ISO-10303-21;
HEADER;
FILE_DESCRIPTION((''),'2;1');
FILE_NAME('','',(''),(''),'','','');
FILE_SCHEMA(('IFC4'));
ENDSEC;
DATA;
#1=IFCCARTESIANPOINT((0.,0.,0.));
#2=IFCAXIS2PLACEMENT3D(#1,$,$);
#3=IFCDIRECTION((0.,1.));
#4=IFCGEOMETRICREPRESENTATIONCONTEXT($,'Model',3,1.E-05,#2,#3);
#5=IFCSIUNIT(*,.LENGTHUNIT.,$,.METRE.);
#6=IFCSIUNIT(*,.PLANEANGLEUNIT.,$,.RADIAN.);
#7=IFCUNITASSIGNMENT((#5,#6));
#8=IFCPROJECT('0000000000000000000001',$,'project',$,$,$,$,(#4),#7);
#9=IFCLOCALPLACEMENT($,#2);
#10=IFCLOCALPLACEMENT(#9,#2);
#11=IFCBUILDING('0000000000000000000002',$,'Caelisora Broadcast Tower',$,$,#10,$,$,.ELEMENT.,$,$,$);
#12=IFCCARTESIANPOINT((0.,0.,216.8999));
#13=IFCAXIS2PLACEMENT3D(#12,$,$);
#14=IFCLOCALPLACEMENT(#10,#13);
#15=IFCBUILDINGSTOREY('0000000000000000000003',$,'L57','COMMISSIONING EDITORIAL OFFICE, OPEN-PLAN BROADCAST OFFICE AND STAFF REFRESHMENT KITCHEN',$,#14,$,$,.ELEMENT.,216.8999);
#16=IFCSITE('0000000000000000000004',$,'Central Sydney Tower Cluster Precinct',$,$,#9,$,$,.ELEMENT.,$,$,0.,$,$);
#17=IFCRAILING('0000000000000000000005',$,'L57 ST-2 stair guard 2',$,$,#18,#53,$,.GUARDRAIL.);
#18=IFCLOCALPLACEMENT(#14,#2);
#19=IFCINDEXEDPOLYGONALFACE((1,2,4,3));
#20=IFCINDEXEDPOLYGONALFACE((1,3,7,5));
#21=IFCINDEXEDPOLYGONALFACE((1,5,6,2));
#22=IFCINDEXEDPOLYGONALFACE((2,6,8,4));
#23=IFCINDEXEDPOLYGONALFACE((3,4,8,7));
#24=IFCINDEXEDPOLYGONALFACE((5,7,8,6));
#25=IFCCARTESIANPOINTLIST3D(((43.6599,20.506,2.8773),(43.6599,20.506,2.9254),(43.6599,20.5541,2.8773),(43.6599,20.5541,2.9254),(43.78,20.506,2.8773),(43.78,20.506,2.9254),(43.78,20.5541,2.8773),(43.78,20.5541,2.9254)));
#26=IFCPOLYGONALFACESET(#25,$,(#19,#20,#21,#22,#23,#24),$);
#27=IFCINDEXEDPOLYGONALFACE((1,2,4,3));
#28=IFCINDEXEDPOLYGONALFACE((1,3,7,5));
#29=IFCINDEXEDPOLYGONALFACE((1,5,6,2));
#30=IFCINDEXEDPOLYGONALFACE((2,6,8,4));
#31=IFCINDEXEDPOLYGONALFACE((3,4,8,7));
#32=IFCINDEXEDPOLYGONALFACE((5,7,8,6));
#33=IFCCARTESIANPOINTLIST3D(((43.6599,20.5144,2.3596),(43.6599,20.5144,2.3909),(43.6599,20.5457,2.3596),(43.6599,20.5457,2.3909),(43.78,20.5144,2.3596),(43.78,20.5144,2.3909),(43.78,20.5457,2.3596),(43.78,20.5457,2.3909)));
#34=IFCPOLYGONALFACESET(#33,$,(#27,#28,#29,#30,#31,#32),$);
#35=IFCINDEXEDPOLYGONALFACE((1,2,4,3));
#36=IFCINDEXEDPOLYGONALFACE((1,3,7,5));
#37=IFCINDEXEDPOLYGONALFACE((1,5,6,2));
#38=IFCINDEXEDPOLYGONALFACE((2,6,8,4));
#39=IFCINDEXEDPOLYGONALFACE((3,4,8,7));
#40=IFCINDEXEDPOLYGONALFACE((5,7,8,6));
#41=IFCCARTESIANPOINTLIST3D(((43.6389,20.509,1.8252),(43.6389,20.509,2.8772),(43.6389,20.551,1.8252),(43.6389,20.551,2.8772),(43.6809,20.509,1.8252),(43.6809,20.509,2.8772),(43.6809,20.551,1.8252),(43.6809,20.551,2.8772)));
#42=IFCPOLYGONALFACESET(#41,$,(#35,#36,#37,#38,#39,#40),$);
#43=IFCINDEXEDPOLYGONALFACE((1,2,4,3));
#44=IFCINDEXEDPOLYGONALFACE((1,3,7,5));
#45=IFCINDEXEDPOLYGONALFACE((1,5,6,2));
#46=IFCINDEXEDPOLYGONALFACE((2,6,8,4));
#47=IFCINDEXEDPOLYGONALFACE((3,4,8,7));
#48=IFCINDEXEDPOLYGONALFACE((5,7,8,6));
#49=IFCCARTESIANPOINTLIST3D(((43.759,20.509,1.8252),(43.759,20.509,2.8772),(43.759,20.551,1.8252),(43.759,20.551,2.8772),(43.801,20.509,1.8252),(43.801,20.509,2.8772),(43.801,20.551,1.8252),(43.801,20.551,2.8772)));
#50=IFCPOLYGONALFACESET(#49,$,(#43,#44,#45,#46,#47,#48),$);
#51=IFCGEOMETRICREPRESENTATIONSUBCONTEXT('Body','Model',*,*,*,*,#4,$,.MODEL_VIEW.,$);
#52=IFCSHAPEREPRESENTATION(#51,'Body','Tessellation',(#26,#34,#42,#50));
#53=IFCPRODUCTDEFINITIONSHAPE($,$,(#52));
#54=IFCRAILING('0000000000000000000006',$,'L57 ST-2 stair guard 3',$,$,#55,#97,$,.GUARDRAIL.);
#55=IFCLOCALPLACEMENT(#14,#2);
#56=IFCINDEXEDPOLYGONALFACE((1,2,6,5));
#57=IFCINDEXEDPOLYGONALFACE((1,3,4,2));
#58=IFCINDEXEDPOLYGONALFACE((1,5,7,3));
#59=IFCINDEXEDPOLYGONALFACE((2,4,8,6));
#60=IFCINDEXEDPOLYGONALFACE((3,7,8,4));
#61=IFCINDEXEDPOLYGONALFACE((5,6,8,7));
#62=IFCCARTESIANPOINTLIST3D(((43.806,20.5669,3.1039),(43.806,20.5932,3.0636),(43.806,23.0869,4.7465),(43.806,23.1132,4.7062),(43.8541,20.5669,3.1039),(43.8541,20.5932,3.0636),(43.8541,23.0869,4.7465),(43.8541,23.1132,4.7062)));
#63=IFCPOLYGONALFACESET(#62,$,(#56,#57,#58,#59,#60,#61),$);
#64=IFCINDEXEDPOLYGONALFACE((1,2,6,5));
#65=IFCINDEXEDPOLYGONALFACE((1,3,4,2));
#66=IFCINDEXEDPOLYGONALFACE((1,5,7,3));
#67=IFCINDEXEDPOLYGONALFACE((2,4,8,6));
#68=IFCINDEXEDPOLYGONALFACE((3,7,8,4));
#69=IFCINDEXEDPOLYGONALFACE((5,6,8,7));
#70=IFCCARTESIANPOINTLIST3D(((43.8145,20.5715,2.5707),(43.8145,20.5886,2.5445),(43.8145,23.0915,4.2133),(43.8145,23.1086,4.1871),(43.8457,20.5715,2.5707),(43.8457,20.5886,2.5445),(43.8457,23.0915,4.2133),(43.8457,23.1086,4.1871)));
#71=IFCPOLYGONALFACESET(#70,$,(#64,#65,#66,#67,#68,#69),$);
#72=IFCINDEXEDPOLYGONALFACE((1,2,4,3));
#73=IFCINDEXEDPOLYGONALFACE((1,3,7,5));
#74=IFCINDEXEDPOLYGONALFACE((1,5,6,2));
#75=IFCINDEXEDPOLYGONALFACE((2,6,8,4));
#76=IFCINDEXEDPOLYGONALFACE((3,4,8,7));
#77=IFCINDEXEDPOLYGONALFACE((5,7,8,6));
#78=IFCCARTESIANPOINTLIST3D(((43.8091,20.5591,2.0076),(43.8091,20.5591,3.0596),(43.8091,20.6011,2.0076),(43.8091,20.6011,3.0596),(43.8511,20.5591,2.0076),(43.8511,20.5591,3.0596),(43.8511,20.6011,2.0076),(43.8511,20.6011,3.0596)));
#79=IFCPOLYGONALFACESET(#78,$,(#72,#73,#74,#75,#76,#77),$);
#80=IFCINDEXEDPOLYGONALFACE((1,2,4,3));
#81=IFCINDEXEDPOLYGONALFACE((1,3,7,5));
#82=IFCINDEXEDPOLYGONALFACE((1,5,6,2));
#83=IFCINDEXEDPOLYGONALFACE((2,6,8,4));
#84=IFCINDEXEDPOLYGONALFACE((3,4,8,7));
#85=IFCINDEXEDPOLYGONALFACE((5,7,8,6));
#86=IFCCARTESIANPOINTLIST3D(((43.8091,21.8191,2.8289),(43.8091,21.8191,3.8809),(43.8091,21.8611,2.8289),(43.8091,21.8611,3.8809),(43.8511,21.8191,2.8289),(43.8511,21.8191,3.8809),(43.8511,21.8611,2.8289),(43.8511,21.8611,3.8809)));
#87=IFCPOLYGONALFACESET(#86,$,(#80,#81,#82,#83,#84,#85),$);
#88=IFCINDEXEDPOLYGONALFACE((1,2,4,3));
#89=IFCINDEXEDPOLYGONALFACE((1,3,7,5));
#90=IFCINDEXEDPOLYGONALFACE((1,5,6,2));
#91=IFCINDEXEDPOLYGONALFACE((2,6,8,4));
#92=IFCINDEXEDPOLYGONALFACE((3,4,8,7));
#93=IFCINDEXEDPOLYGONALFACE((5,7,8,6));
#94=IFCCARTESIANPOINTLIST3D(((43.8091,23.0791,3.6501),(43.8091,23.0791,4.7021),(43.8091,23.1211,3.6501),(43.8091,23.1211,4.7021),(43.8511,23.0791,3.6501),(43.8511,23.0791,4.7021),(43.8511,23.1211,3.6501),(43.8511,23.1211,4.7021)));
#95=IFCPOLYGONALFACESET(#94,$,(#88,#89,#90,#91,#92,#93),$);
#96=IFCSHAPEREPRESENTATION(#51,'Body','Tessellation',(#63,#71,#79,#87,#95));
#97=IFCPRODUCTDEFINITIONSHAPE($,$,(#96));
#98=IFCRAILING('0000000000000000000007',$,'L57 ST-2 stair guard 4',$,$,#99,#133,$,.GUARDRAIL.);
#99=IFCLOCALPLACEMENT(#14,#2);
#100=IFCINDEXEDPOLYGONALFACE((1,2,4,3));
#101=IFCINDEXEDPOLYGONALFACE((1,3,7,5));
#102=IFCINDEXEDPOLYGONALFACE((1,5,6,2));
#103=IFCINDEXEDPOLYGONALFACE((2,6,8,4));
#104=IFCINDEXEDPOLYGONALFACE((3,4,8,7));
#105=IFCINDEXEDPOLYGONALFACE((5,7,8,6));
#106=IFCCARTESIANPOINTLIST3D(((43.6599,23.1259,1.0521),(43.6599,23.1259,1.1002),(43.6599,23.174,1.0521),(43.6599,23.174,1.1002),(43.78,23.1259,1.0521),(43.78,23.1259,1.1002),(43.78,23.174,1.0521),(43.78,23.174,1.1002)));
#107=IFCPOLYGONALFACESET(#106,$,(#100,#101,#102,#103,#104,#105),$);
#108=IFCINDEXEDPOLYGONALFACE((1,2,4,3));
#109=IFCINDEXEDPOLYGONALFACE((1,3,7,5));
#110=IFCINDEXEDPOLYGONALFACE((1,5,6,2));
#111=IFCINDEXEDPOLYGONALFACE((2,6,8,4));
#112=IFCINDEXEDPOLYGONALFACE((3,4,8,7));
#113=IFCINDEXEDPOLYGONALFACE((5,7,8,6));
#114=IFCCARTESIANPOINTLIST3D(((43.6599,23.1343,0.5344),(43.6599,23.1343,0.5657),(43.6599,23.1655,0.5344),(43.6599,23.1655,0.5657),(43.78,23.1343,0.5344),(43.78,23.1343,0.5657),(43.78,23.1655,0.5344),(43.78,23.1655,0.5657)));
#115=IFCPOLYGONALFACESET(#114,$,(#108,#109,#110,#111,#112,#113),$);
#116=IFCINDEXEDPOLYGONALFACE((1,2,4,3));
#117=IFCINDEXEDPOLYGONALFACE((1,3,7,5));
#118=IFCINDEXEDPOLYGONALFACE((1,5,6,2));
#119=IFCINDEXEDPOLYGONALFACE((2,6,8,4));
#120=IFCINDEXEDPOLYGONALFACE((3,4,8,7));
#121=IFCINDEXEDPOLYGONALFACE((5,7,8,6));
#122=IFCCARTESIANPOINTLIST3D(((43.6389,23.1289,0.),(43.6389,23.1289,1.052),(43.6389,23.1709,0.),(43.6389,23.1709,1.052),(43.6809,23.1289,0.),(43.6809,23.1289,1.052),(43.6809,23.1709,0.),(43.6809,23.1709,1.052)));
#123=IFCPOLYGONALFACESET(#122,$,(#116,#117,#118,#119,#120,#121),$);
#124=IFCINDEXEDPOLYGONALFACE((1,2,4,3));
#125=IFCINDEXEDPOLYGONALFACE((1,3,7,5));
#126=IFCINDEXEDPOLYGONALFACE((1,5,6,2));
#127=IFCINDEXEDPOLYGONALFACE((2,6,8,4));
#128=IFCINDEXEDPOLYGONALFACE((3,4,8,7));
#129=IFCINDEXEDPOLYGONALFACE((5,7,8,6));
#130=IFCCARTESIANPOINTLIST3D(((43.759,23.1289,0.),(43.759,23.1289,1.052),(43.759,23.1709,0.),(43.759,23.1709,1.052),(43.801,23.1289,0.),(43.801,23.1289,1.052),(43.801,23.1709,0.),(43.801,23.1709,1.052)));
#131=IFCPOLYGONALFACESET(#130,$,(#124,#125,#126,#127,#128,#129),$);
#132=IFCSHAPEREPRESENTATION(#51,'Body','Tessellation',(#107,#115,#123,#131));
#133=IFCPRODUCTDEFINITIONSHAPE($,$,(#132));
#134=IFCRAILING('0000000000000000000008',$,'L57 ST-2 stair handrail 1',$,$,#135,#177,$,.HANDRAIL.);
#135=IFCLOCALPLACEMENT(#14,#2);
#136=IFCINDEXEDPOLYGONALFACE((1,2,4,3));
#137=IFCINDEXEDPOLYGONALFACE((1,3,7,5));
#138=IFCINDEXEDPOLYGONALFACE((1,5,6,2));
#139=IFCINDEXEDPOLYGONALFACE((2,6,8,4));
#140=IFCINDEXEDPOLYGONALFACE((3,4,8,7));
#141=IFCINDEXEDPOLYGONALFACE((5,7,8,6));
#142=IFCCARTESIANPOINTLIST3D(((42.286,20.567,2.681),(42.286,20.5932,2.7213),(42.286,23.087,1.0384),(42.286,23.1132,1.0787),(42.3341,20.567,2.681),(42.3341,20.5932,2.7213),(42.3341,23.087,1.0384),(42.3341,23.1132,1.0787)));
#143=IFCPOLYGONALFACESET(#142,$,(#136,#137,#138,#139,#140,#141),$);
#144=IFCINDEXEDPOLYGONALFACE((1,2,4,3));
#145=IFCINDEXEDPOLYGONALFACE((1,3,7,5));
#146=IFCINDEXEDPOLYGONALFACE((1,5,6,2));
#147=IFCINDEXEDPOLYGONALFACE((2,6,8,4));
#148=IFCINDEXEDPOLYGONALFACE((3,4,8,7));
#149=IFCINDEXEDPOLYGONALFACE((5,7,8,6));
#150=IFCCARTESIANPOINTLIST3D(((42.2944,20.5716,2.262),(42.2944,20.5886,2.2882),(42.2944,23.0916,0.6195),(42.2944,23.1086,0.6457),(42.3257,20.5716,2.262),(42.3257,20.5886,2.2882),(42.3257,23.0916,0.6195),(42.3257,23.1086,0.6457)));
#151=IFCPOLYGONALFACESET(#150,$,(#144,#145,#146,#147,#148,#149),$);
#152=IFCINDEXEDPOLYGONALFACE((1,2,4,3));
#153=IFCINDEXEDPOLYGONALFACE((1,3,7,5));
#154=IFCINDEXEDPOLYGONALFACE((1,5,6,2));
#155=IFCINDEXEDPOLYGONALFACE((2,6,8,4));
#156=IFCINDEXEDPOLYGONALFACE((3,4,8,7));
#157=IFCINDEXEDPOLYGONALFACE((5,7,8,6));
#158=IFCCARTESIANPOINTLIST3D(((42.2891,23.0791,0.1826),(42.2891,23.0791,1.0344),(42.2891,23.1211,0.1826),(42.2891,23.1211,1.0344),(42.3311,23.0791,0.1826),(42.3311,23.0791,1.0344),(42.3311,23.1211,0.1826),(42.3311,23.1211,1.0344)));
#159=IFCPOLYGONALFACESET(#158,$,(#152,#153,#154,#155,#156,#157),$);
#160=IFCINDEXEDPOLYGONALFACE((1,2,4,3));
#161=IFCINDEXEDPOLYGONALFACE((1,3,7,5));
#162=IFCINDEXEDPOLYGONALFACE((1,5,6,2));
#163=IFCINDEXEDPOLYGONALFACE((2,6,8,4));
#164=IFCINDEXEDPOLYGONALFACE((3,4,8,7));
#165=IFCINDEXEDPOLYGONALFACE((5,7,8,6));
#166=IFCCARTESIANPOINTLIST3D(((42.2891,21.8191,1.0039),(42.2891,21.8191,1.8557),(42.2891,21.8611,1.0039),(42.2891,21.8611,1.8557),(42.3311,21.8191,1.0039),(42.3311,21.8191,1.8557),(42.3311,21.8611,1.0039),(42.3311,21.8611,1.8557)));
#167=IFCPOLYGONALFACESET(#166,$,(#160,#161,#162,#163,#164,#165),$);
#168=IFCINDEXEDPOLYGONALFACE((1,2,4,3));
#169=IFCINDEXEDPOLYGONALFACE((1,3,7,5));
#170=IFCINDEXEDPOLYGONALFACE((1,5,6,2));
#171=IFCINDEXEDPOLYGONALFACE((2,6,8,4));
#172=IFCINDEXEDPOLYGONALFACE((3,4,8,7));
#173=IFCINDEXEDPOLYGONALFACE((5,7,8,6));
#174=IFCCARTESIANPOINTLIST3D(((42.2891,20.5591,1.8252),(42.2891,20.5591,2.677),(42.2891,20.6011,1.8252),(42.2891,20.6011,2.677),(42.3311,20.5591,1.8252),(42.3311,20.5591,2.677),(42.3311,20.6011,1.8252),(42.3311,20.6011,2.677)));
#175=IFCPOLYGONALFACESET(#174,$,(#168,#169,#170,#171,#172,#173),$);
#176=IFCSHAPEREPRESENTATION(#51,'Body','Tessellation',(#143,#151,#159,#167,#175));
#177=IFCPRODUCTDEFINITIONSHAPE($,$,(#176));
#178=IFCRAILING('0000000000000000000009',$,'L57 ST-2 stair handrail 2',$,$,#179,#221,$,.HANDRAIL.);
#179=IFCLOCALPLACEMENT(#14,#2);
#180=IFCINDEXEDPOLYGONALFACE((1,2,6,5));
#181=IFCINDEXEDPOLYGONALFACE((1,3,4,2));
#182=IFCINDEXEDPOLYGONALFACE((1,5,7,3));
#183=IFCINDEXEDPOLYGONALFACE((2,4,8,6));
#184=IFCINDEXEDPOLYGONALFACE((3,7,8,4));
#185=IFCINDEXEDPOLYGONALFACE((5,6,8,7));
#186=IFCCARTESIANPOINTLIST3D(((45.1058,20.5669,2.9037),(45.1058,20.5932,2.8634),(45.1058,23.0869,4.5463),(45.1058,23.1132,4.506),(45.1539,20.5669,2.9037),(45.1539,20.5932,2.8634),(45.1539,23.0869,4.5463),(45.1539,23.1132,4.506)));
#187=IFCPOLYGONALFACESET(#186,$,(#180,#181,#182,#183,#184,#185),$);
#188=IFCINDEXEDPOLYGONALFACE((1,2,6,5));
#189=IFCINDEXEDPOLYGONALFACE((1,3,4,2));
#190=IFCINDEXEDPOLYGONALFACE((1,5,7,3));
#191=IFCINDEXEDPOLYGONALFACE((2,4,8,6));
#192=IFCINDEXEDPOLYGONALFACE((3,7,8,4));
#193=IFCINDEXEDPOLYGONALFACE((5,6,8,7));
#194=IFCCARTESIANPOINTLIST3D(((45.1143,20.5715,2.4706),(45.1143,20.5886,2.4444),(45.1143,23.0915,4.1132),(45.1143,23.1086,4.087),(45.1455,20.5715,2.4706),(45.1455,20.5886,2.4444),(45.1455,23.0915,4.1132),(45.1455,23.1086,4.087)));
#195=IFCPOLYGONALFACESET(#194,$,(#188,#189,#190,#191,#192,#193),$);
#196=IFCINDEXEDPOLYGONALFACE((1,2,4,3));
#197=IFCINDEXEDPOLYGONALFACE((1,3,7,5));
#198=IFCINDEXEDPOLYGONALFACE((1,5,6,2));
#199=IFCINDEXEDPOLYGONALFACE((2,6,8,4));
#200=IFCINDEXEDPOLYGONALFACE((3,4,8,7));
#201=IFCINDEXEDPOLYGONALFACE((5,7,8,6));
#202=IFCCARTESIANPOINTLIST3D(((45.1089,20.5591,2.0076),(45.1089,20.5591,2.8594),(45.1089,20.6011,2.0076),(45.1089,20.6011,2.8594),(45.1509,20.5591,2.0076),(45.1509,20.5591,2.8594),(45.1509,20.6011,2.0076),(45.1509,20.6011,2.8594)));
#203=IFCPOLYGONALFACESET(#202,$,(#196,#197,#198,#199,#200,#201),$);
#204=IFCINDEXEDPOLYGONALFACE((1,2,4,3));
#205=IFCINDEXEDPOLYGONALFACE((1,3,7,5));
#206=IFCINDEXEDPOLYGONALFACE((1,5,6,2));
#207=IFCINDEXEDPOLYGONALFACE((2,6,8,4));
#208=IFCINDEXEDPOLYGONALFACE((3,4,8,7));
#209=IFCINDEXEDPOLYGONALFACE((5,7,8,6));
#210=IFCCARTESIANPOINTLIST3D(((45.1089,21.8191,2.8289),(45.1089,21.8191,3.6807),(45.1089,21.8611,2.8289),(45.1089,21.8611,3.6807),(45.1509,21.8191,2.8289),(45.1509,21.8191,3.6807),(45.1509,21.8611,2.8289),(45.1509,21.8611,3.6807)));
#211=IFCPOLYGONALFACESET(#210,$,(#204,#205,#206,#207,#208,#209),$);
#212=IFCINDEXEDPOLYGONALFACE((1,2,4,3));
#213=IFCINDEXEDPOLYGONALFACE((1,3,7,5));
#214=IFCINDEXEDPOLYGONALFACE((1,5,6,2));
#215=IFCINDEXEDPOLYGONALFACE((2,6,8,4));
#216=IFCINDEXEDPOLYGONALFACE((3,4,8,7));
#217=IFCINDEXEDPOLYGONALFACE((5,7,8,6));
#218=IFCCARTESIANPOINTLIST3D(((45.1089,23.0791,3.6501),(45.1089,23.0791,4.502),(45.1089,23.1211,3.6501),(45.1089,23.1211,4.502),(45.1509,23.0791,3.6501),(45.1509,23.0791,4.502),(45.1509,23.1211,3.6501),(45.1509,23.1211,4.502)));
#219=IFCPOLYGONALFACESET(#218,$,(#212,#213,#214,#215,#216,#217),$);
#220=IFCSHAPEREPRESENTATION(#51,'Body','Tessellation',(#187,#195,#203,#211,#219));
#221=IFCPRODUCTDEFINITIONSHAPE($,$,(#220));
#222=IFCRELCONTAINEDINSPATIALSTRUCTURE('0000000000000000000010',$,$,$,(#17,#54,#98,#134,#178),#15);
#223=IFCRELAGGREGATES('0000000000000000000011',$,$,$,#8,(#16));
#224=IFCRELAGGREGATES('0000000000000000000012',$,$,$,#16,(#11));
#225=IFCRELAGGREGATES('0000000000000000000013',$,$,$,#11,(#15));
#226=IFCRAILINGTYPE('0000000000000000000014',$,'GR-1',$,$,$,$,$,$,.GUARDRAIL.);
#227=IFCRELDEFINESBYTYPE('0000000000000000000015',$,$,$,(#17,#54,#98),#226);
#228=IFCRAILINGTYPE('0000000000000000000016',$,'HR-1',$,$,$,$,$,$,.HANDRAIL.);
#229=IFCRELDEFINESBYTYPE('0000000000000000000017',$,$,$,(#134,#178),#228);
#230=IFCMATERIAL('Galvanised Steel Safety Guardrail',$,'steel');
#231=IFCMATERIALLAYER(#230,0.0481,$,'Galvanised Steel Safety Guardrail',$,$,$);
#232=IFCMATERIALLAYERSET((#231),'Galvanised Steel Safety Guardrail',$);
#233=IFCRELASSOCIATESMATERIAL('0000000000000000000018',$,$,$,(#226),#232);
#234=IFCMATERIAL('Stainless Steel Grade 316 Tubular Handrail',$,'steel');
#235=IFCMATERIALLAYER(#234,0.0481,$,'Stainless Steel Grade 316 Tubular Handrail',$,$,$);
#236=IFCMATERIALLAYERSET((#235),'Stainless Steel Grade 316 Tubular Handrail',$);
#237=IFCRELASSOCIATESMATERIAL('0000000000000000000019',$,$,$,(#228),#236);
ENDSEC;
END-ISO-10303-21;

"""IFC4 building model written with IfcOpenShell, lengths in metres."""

from ifc_helpers import new_model, si_unit, direction, frame, origin, origin_2d, place, context, subcontext, project, spatial, rectangle, extrude, material, layer, layer_set, type_object, element, save


model = new_model("IFC4")

# Units and contexts
model_context = context("Model", 3, precision=1e-05, world=origin(), true_north=direction((0.0, 1.0)))
body_context = subcontext(model_context, "Body", "Model", "MODEL_VIEW")
ifc_project = project(units=[si_unit("LENGTHUNIT", "METRE"), si_unit("PLANEANGLEUNIT", "RADIAN")], contexts=[model_context])

# Site, building, storey
site_placement = place(None, origin())
site = spatial("IfcSite", under=ifc_project, at=site_placement, Name="Central Sydney Tower Cluster Precinct", CompositionType="ELEMENT", RefElevation=0.0)
building_placement = place(site_placement, origin())
building = spatial("IfcBuilding", under=site, at=building_placement, Name="Caelisora Broadcast Tower", CompositionType="ELEMENT")
storey_placement = place(building_placement, frame((0.0, 0.0, 216.8999)))
storey = spatial("IfcBuildingStorey", under=building, at=storey_placement, Name="L57", Description="COMMISSIONING EDITORIAL OFFICE, OPEN-PLAN BROADCAST OFFICE AND STAFF REFRESHMENT KITCHEN", CompositionType="ELEMENT", Elevation=216.8999)

# Railings
ifc_material_1 = material(Name="Galvanised Steel Safety Guardrail", Category="steel")
ifc_layer_1 = layer(ifc_material_1, 0.0481, Name="Galvanised Steel Safety Guardrail")
ifc_layer_set_1 = layer_set([ifc_layer_1], Name="Galvanised Steel Safety Guardrail")
railing_type_1 = type_object("IfcRailingType", Name="GR-1", PredefinedType="GUARDRAIL", material=ifc_layer_set_1)
railing_1_placement = place(storey_placement, frame((43.6599, 20.53, 1.8252)))
element("IfcRailing", 1, at=railing_1_placement, inside=storey, type_object=railing_type_1, Name="L57 ST-2 stair guard 2", PredefinedType="GUARDRAIL", context=body_context, shape_type="SweptSolid", body=[
    extrude(rectangle(XDim=0.0481, YDim=0.0481, at=origin_2d()), frame((0.0, 0.0, 1.0762), z_axis=(1.0, 0.0, 0.0), x_axis=(0.0, 1.0, 0.0)), (0.0, 0.0, 1.0), 0.1201),
    extrude(rectangle(XDim=0.0312, YDim=0.0312, at=origin_2d()), frame((0.0, 0.0, 0.55), z_axis=(1.0, 0.0, 0.0), x_axis=(0.0, 1.0, 0.0)), (0.0, 0.0, 1.0), 0.1201),
    extrude(rectangle(XDim=0.042, YDim=0.042, at=origin_2d()), origin(), (0.0, 0.0, 1.0), 1.052),
    extrude(rectangle(XDim=0.042, YDim=0.042, at=origin_2d()), frame((0.1201, 0.0, 0.0)), (0.0, 0.0, 1.0), 1.052),
])
railing_2_placement = place(storey_placement, frame((43.8301, 20.5801, 2.0076)))
element("IfcRailing", 2, at=railing_2_placement, inside=storey, type_object=railing_type_1, Name="L57 ST-2 stair guard 3", PredefinedType="GUARDRAIL", context=body_context, shape_type="SweptSolid", body=[
    extrude(rectangle(XDim=0.0481, YDim=0.0481, at=origin_2d()), frame((0.0, 0.0, 1.0762), z_axis=(0.0, 0.837749, 0.546055), x_axis=(-1.0, 0.0, 0.0)), (0.0, 0.0, 1.0), 3.0081),
    extrude(rectangle(XDim=0.0312, YDim=0.0312, at=origin_2d()), frame((0.0, 0.0, 0.55), z_axis=(0.0, 0.837749, 0.546055), x_axis=(-1.0, 0.0, 0.0)), (0.0, 0.0, 1.0), 3.0081),
    extrude(rectangle(XDim=0.042, YDim=0.042, at=origin_2d()), origin(), (0.0, 0.0, 1.0), 1.052),
    extrude(rectangle(XDim=0.042, YDim=0.042, at=origin_2d()), frame((0.0, 1.26, 0.8213)), (0.0, 0.0, 1.0), 1.052),
    extrude(rectangle(XDim=0.042, YDim=0.042, at=origin_2d()), frame((0.0, 2.52, 1.6426)), (0.0, 0.0, 1.0), 1.052),
])
railing_3_placement = place(storey_placement, frame((43.6599, 23.1499, 0.0)))
element("IfcRailing", 3, at=railing_3_placement, inside=storey, type_object=railing_type_1, Name="L57 ST-2 stair guard 4", PredefinedType="GUARDRAIL", context=body_context, shape_type="SweptSolid", body=[
    extrude(rectangle(XDim=0.0481, YDim=0.0481, at=origin_2d()), frame((0.0, 0.0, 1.0762), z_axis=(1.0, 0.0, 0.0), x_axis=(0.0, 1.0, 0.0)), (0.0, 0.0, 1.0), 0.1201),
    extrude(rectangle(XDim=0.0312, YDim=0.0312, at=origin_2d()), frame((0.0, 0.0, 0.55), z_axis=(1.0, 0.0, 0.0), x_axis=(0.0, 1.0, 0.0)), (0.0, 0.0, 1.0), 0.1201),
    extrude(rectangle(XDim=0.042, YDim=0.042, at=origin_2d()), origin(), (0.0, 0.0, 1.0), 1.052),
    extrude(rectangle(XDim=0.042, YDim=0.042, at=origin_2d()), frame((0.1201, 0.0, 0.0)), (0.0, 0.0, 1.0), 1.052),
])
ifc_material_2 = material(Name="Stainless Steel Grade 316 Tubular Handrail", Category="steel")
ifc_layer_2 = layer(ifc_material_2, 0.0481, Name="Stainless Steel Grade 316 Tubular Handrail")
ifc_layer_set_2 = layer_set([ifc_layer_2], Name="Stainless Steel Grade 316 Tubular Handrail")
railing_type_2 = type_object("IfcRailingType", Name="HR-1", PredefinedType="HANDRAIL", material=ifc_layer_set_2)
railing_4_placement = place(storey_placement, frame((42.3101, 23.1001, 0.1826)))
element("IfcRailing", 4, at=railing_4_placement, inside=storey, type_object=railing_type_2, Name="L57 ST-2 stair handrail 1", PredefinedType="HANDRAIL", context=body_context, shape_type="SweptSolid", body=[
    extrude(rectangle(XDim=0.0481, YDim=0.0481, at=origin_2d()), frame((0.0, 0.0, 0.876), z_axis=(0.0, -0.837749, 0.546055), x_axis=(1.0, 0.0, 0.0)), (0.0, 0.0, 1.0), 3.0081),
    extrude(rectangle(XDim=0.0312, YDim=0.0312, at=origin_2d()), frame((0.0, 0.0, 0.45), z_axis=(0.0, -0.837749, 0.546055), x_axis=(1.0, 0.0, 0.0)), (0.0, 0.0, 1.0), 3.0081),
    extrude(rectangle(XDim=0.042, YDim=0.042, at=origin_2d()), origin(), (0.0, 0.0, 1.0), 0.8518),
    extrude(rectangle(XDim=0.042, YDim=0.042, at=origin_2d()), frame((0.0, -1.26, 0.8213)), (0.0, 0.0, 1.0), 0.8518),
    extrude(rectangle(XDim=0.042, YDim=0.042, at=origin_2d()), frame((0.0, -2.52, 1.6426)), (0.0, 0.0, 1.0), 0.8518),
])
railing_5_placement = place(storey_placement, frame((45.1299, 20.5801, 2.0076)))
element("IfcRailing", 5, at=railing_5_placement, inside=storey, type_object=railing_type_2, Name="L57 ST-2 stair handrail 2", PredefinedType="HANDRAIL", context=body_context, shape_type="SweptSolid", body=[
    extrude(rectangle(XDim=0.0481, YDim=0.0481, at=origin_2d()), frame((0.0, 0.0, 0.876), z_axis=(0.0, 0.837749, 0.546055), x_axis=(-1.0, 0.0, 0.0)), (0.0, 0.0, 1.0), 3.0081),
    extrude(rectangle(XDim=0.0312, YDim=0.0312, at=origin_2d()), frame((0.0, 0.0, 0.45), z_axis=(0.0, 0.837749, 0.546055), x_axis=(-1.0, 0.0, 0.0)), (0.0, 0.0, 1.0), 3.0081),
    extrude(rectangle(XDim=0.042, YDim=0.042, at=origin_2d()), origin(), (0.0, 0.0, 1.0), 0.8518),
    extrude(rectangle(XDim=0.042, YDim=0.042, at=origin_2d()), frame((0.0, 1.26, 0.8213)), (0.0, 0.0, 1.0), 0.8518),
    extrude(rectangle(XDim=0.042, YDim=0.042, at=origin_2d()), frame((0.0, 2.52, 1.6426)), (0.0, 0.0, 1.0), 0.8518),
])

save(model, "model.ifc")
